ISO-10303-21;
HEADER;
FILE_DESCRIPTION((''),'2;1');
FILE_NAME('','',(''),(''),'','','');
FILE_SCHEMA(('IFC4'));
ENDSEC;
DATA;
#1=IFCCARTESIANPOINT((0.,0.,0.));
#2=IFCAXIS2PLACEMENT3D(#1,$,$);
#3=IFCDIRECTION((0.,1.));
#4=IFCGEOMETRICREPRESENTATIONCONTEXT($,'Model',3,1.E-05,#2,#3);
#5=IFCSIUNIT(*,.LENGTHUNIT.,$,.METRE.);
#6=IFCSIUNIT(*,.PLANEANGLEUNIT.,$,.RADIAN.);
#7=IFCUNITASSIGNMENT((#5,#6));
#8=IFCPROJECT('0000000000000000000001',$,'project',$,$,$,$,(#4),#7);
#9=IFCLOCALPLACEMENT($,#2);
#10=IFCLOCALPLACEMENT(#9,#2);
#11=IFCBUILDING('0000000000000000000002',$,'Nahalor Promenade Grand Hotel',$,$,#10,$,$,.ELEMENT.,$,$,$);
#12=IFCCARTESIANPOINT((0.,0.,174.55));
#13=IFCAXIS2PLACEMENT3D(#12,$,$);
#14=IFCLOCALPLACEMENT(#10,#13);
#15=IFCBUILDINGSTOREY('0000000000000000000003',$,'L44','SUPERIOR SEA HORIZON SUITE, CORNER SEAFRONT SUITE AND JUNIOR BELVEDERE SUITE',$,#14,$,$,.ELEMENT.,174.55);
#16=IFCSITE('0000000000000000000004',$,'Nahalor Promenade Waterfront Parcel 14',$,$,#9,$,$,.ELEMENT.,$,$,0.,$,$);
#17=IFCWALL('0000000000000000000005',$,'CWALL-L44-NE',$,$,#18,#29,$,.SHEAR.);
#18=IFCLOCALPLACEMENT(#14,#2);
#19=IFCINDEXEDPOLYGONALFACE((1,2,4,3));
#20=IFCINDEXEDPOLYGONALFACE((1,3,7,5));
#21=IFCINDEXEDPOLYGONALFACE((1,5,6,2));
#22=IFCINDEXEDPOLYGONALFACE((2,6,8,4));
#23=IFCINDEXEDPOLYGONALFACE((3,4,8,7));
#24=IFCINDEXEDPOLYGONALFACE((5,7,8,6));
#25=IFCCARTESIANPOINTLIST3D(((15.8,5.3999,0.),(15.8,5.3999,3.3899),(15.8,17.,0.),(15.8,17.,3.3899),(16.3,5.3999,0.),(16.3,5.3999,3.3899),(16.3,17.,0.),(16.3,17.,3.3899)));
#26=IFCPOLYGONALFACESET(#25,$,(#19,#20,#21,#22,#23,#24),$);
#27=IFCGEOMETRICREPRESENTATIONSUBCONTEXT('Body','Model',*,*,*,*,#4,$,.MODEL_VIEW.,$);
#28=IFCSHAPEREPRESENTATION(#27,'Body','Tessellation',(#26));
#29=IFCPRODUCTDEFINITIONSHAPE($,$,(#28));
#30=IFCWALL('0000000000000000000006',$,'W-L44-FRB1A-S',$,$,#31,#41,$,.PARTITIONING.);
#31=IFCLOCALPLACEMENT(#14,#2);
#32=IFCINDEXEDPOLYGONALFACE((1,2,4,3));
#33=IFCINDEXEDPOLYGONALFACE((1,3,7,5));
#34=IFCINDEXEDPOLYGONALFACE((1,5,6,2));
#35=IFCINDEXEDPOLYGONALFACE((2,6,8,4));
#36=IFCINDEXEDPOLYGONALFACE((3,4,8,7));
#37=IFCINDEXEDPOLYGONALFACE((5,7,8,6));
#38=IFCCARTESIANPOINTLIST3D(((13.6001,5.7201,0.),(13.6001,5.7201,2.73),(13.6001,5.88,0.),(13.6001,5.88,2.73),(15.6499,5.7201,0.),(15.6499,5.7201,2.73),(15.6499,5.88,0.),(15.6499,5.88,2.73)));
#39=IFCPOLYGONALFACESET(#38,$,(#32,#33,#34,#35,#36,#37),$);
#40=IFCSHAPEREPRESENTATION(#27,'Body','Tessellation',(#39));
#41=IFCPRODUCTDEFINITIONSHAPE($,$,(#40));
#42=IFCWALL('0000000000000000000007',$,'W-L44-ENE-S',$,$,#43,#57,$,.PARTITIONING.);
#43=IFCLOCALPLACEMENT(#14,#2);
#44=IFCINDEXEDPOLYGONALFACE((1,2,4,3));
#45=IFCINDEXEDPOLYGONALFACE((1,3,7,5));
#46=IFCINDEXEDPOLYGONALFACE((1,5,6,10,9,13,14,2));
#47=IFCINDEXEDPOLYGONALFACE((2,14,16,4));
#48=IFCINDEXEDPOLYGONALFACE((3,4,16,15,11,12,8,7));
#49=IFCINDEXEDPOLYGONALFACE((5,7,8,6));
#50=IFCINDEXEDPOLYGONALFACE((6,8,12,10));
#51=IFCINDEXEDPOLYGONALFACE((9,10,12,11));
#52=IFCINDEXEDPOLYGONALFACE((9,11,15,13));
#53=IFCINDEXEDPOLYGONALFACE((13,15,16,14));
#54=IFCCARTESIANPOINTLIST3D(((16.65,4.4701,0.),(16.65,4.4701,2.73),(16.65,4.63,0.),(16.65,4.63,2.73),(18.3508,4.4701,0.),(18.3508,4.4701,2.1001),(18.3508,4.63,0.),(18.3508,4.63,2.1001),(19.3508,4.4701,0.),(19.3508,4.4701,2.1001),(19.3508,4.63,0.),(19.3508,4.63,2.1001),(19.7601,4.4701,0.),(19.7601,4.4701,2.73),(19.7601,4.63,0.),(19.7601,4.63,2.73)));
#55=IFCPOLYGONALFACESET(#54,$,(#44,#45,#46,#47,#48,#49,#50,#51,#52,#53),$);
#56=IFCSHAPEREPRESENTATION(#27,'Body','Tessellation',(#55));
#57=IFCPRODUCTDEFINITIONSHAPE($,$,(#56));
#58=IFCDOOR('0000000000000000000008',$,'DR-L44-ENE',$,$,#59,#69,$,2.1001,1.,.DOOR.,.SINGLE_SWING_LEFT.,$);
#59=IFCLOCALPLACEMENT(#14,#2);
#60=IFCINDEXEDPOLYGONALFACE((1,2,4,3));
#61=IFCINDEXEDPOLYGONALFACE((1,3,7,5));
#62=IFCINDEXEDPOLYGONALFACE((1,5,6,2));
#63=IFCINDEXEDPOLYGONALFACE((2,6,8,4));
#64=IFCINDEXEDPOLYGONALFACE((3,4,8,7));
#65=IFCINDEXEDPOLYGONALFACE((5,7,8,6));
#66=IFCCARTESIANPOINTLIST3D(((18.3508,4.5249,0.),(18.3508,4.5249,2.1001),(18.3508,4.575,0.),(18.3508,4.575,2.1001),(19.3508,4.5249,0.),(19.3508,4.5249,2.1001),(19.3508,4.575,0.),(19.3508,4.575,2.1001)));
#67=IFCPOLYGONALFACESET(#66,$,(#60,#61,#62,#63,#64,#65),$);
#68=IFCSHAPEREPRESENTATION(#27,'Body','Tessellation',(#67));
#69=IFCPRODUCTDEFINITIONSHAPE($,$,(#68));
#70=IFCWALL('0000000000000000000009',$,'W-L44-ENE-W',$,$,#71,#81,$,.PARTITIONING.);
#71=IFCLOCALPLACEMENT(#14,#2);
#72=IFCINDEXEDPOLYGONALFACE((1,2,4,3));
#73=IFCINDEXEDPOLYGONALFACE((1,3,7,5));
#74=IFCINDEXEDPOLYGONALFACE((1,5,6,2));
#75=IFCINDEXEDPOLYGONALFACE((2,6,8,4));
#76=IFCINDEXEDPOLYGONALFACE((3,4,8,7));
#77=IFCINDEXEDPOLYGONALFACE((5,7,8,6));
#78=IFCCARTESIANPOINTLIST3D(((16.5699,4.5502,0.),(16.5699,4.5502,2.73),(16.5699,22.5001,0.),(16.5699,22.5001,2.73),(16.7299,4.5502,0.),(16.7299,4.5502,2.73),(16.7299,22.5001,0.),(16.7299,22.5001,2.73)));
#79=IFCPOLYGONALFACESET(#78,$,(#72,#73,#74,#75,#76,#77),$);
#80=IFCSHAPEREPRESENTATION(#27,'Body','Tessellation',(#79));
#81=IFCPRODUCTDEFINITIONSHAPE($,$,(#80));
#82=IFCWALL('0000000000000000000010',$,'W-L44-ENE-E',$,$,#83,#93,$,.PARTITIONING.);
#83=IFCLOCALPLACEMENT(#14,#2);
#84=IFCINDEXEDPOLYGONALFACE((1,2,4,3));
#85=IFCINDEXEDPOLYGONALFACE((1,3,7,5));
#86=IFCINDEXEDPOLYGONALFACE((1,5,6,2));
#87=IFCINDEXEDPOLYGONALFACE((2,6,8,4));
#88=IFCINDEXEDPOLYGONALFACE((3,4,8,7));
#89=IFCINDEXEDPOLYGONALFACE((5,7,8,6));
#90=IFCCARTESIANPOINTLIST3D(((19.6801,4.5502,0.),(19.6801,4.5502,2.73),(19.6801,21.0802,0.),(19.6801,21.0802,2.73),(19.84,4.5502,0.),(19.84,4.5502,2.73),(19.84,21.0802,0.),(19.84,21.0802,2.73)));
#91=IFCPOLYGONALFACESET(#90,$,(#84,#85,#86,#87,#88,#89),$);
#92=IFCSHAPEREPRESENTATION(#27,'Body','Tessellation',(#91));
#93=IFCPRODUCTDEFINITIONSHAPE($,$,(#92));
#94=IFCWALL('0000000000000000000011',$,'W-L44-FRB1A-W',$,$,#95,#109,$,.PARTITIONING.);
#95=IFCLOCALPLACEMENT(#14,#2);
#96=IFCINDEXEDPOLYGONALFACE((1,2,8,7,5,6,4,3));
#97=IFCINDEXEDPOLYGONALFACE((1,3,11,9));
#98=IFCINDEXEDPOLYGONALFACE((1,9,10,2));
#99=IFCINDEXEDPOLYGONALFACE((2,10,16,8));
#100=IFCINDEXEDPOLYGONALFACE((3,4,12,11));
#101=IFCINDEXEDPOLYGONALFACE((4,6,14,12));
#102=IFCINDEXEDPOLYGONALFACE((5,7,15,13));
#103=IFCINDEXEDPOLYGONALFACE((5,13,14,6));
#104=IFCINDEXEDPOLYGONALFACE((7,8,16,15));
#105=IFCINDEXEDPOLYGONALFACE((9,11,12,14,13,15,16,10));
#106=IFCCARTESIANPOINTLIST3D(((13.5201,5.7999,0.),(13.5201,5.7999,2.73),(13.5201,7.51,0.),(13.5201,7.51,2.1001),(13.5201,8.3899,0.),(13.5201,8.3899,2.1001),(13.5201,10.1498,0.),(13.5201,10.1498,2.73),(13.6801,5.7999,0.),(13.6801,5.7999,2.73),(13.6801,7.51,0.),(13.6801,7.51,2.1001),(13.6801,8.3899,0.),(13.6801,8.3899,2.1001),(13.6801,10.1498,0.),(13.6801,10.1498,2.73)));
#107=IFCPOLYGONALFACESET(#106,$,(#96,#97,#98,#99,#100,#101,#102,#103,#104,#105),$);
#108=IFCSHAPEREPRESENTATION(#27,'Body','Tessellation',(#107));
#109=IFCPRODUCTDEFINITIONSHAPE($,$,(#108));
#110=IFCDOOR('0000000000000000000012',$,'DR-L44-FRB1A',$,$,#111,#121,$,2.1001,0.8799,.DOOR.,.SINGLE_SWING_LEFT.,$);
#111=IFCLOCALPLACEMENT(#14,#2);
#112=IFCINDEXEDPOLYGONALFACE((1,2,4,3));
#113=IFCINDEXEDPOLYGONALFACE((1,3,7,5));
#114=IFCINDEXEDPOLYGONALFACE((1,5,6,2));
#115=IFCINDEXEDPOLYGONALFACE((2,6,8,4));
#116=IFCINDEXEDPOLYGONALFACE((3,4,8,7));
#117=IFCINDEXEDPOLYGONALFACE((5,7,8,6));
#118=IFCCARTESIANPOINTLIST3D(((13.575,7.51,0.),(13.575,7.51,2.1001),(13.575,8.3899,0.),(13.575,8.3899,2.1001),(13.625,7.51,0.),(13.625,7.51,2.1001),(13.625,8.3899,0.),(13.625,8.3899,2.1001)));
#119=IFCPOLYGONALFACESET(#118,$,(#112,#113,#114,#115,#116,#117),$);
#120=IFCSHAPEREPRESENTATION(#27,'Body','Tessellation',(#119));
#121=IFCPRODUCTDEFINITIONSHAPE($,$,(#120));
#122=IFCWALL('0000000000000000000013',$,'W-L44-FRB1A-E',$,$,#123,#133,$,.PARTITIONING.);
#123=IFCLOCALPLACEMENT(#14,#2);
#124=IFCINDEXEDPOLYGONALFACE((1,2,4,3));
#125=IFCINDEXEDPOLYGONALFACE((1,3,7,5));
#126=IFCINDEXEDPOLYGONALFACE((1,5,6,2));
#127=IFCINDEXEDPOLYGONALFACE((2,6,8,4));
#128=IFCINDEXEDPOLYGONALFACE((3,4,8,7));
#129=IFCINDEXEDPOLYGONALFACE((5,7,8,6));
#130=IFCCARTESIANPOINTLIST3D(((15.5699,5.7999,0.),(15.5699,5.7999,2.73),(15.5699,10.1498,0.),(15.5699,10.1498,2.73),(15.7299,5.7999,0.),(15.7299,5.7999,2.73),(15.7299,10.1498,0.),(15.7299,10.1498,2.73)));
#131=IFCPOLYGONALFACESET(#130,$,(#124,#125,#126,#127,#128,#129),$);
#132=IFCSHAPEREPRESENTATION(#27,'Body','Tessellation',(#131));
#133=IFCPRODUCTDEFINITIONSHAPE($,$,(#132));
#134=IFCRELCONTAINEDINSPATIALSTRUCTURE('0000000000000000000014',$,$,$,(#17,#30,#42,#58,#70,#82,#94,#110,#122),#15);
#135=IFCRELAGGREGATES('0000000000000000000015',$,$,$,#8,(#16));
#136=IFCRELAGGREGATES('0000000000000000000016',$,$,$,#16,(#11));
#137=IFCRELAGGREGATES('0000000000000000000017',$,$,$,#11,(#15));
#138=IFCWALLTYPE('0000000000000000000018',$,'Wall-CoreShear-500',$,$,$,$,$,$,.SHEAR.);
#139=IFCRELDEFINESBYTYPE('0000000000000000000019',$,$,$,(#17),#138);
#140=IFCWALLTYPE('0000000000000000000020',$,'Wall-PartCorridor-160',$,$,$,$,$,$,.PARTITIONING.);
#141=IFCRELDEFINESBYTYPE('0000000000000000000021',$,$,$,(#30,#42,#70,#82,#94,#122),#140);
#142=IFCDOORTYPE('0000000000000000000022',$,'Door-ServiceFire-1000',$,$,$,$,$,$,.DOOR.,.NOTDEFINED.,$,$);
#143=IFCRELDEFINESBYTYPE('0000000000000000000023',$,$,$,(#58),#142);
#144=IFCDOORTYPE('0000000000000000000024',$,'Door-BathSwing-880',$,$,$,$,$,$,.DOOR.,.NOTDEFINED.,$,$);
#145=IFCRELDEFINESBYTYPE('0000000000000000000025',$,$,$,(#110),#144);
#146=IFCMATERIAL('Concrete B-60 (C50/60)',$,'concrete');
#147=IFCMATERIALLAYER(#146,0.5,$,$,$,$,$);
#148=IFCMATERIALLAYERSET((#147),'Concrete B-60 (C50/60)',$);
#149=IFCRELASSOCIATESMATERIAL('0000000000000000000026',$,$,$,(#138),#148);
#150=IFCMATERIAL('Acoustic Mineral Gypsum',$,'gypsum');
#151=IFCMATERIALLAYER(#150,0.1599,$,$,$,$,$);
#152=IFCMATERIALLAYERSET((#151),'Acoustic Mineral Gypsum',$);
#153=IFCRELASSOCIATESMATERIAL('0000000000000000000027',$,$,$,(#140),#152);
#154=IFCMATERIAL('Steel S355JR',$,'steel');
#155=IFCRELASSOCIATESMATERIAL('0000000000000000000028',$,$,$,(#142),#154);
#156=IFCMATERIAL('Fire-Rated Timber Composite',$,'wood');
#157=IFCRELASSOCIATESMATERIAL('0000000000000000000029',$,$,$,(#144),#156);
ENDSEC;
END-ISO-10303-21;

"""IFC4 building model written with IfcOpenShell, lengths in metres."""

from ifc_helpers import new_model, si_unit, direction, frame, frame_2d, origin, place, context, subcontext, project, spatial, rectangle, extrude, source, transform, mapped, material, layer, layer_set, type_object, element, fill, save


model = new_model("IFC4")

# Units and contexts
model_context = context("Model", 3, precision=1e-05, world=origin(), true_north=direction((0.0, 1.0)))
body_context = subcontext(model_context, "Body", "Model", "MODEL_VIEW")
ifc_project = project(units=[si_unit("LENGTHUNIT", "METRE"), si_unit("PLANEANGLEUNIT", "RADIAN")], contexts=[model_context])

# Site, building, storey
site_placement = place(None, origin())
site = spatial("IfcSite", under=ifc_project, at=site_placement, Name="Nahalor Promenade Waterfront Parcel 14", CompositionType="ELEMENT", RefElevation=0.0)
building_placement = place(site_placement, origin())
building = spatial("IfcBuilding", under=site, at=building_placement, Name="Nahalor Promenade Grand Hotel", CompositionType="ELEMENT")
storey_placement = place(building_placement, frame((0.0, 0.0, 174.55)))
storey = spatial("IfcBuildingStorey", under=building, at=storey_placement, Name="L44", Description="SUPERIOR SEA HORIZON SUITE, CORNER SEAFRONT SUITE AND JUNIOR BELVEDERE SUITE", CompositionType="ELEMENT", Elevation=174.55)

# Shared definitions
ifc_material_1 = material(Name="Steel S355JR", Category="steel")

# Walls
ifc_material_2 = material(Name="Concrete B-60 (C50/60)", Category="concrete")
ifc_layer_1 = layer(ifc_material_2, 0.5)
ifc_layer_set_1 = layer_set([ifc_layer_1], Name="Concrete B-60 (C50/60)")
wall_type_1 = type_object("IfcWallType", Name="Wall-CoreShear-500", PredefinedType="SHEAR", material=ifc_layer_set_1)
shared_shape_1 = source(origin(), body_context, "Body", "SweptSolid", [
    extrude(rectangle(XDim=11.6001, YDim=0.5, at=frame_2d((5.8, 0.0))), origin(), (0.0, 0.0, 1.0), 3.3899),
])
wall_1_placement = place(storey_placement, frame((16.05, 5.3999, 0.0), z_axis=(0.0, 0.0, 1.0), x_axis=(0.0, 1.0, 0.0)))
element("IfcWall", 1, at=wall_1_placement, inside=storey, type_object=wall_type_1, Name="CWALL-L44-NE", PredefinedType="SHEAR", context=body_context, shape_type="MappedRepresentation", body=[
    mapped(shared_shape_1, transform((0.0, 0.0, 0.0), scale=1.0)),
])
ifc_material_3 = material(Name="Acoustic Mineral Gypsum", Category="gypsum")
ifc_layer_2 = layer(ifc_material_3, 0.1599)
ifc_layer_set_2 = layer_set([ifc_layer_2], Name="Acoustic Mineral Gypsum")
wall_type_2 = type_object("IfcWallType", Name="Wall-PartCorridor-160", PredefinedType="PARTITIONING", material=ifc_layer_set_2)
shared_shape_2 = source(origin(), body_context, "Body", "SweptSolid", [
    extrude(rectangle(XDim=2.0498, YDim=0.1599, at=frame_2d((1.0249, 0.0))), origin(), (0.0, 0.0, 1.0), 2.73),
])
wall_2_placement = place(storey_placement, frame((13.6001, 5.8, 0.0), z_axis=(0.0, 0.0, 1.0), x_axis=(1.0, 0.0, 0.0)))
element("IfcWall", 2, at=wall_2_placement, inside=storey, type_object=wall_type_2, Name="W-L44-FRB1A-S", PredefinedType="PARTITIONING", context=body_context, shape_type="MappedRepresentation", body=[
    mapped(shared_shape_2, transform((0.0, 0.0, 0.0), scale=1.0)),
])

# Wall, opening, door
shared_shape_3 = source(origin(), body_context, "Body", "SweptSolid", [
    extrude(rectangle(XDim=3.1101, YDim=0.1599, at=frame_2d((1.5552, 0.0))), origin(), (0.0, 0.0, 1.0), 2.73),
])
wall_3_placement = place(storey_placement, frame((16.6499, 4.55, 0.0), z_axis=(0.0, 0.0, 1.0), x_axis=(1.0, 0.0, 0.0)))
wall_3 = element("IfcWall", 3, at=wall_3_placement, inside=storey, type_object=wall_type_2, Name="W-L44-ENE-S", PredefinedType="PARTITIONING", context=body_context, shape_type="MappedRepresentation", body=[
    mapped(shared_shape_3, transform((0.0, 0.0, 0.0), scale=1.0)),
])
opening_1_placement = place(wall_3_placement, frame((1.7009, 0.0, 0.0)))
opening_1 = element("IfcOpeningElement", 4, at=opening_1_placement, cuts=wall_3, PredefinedType="OPENING", context=body_context, shape_type="SweptSolid", body=[
    extrude(rectangle(XDim=1.0, YDim=2.1001, at=frame_2d((0.5, 1.05))), frame((0.0, 0.0898, 0.0), z_axis=(0.0, -1.0, 0.0), x_axis=(1.0, 0.0, 0.0)), (0.0, 0.0, 1.0), 0.1799),
])
door_type_1 = type_object("IfcDoorType", Name="Door-ServiceFire-1000", OperationType="NOTDEFINED", PredefinedType="DOOR", material=ifc_material_1)
shared_shape_4 = source(origin(), body_context, "Body", "SweptSolid", [
    extrude(rectangle(XDim=1.0, YDim=2.1001, at=frame_2d((0.5, 1.05))), frame((0.0, 0.0249, 0.0), z_axis=(0.0, -1.0, 0.0), x_axis=(1.0, 0.0, 0.0)), (0.0, 0.0, 1.0), 0.05),
])
door_1_placement = place(opening_1_placement, origin())
door_1 = element("IfcDoor", 5, at=door_1_placement, inside=storey, type_object=door_type_1, Name="DR-L44-ENE", OperationType="SINGLE_SWING_LEFT", OverallHeight=2.1001, OverallWidth=1.0, PredefinedType="DOOR", context=body_context, shape_type="MappedRepresentation", body=[
    mapped(shared_shape_4, transform((0.0, 0.0, 0.0), scale=1.0)),
])
fill(opening_1, door_1)

# Walls
shared_shape_5 = source(origin(), body_context, "Body", "SweptSolid", [
    extrude(rectangle(XDim=17.95, YDim=0.1599, at=frame_2d((8.9751, 0.0))), origin(), (0.0, 0.0, 1.0), 2.73),
])
wall_4_placement = place(storey_placement, frame((16.6499, 4.55, 0.0), z_axis=(0.0, 0.0, 1.0), x_axis=(0.0, 1.0, 0.0)))
element("IfcWall", 6, at=wall_4_placement, inside=storey, type_object=wall_type_2, Name="W-L44-ENE-W", PredefinedType="PARTITIONING", context=body_context, shape_type="MappedRepresentation", body=[
    mapped(shared_shape_5, transform((0.0, 0.0, 0.0), scale=1.0)),
])
shared_shape_6 = source(origin(), body_context, "Body", "SweptSolid", [
    extrude(rectangle(XDim=16.53, YDim=0.1599, at=frame_2d((8.2651, 0.0))), origin(), (0.0, 0.0, 1.0), 2.73),
])
wall_5_placement = place(storey_placement, frame((19.76, 4.55, 0.0), z_axis=(0.0, 0.0, 1.0), x_axis=(0.0, 1.0, 0.0)))
element("IfcWall", 7, at=wall_5_placement, inside=storey, type_object=wall_type_2, Name="W-L44-ENE-E", PredefinedType="PARTITIONING", context=body_context, shape_type="MappedRepresentation", body=[
    mapped(shared_shape_6, transform((0.0, 0.0, 0.0), scale=1.0)),
])

# Wall, opening, door
shared_shape_7 = source(origin(), body_context, "Body", "SweptSolid", [
    extrude(rectangle(XDim=4.3499, YDim=0.1599, at=frame_2d((2.1748, 0.0))), origin(), (0.0, 0.0, 1.0), 2.73),
])
wall_6_placement = place(storey_placement, frame((13.6001, 5.8, 0.0), z_axis=(0.0, 0.0, 1.0), x_axis=(0.0, 1.0, 0.0)))
wall_6 = element("IfcWall", 8, at=wall_6_placement, inside=storey, type_object=wall_type_2, Name="W-L44-FRB1A-W", PredefinedType="PARTITIONING", context=body_context, shape_type="MappedRepresentation", body=[
    mapped(shared_shape_7, transform((0.0, 0.0, 0.0), scale=1.0)),
])
opening_2_placement = place(wall_6_placement, frame((1.71, 0.0, 0.0)))
opening_2 = element("IfcOpeningElement", 9, at=opening_2_placement, cuts=wall_6, PredefinedType="OPENING", context=body_context, shape_type="SweptSolid", body=[
    extrude(rectangle(XDim=0.8799, YDim=2.1001, at=frame_2d((0.4399, 1.05))), frame((0.0, 0.0898, 0.0), z_axis=(0.0, -1.0, 0.0), x_axis=(1.0, 0.0, 0.0)), (0.0, 0.0, 1.0), 0.1799),
])
ifc_material_4 = material(Name="Fire-Rated Timber Composite", Category="wood")
door_type_2 = type_object("IfcDoorType", Name="Door-BathSwing-880", OperationType="NOTDEFINED", PredefinedType="DOOR", material=ifc_material_4)
shared_shape_8 = source(origin(), body_context, "Body", "SweptSolid", [
    extrude(rectangle(XDim=0.8799, YDim=2.1001, at=frame_2d((0.4399, 1.05))), frame((0.0, 0.0249, 0.0), z_axis=(0.0, -1.0, 0.0), x_axis=(1.0, 0.0, 0.0)), (0.0, 0.0, 1.0), 0.05),
])
door_2_placement = place(opening_2_placement, frame((0.8799, 0.0, 0.0), z_axis=(0.0, 0.0, 1.0), x_axis=(-1.0, 0.0, 0.0)))
door_2 = element("IfcDoor", 10, at=door_2_placement, inside=storey, type_object=door_type_2, Name="DR-L44-FRB1A", OperationType="SINGLE_SWING_LEFT", OverallHeight=2.1001, OverallWidth=0.8799, PredefinedType="DOOR", context=body_context, shape_type="MappedRepresentation", body=[
    mapped(shared_shape_8, transform((0.0, 0.0, 0.0), scale=1.0)),
])
fill(opening_2, door_2)

# Wall
wall_7_placement = place(storey_placement, frame((15.6499, 5.8, 0.0), z_axis=(0.0, 0.0, 1.0), x_axis=(0.0, 1.0, 0.0)))
element("IfcWall", 11, at=wall_7_placement, inside=storey, type_object=wall_type_2, Name="W-L44-FRB1A-E", PredefinedType="PARTITIONING", context=body_context, shape_type="MappedRepresentation", body=[
    mapped(shared_shape_7, transform((0.0, 0.0, 0.0), scale=1.0)),
])

save(model, "model.ifc")
